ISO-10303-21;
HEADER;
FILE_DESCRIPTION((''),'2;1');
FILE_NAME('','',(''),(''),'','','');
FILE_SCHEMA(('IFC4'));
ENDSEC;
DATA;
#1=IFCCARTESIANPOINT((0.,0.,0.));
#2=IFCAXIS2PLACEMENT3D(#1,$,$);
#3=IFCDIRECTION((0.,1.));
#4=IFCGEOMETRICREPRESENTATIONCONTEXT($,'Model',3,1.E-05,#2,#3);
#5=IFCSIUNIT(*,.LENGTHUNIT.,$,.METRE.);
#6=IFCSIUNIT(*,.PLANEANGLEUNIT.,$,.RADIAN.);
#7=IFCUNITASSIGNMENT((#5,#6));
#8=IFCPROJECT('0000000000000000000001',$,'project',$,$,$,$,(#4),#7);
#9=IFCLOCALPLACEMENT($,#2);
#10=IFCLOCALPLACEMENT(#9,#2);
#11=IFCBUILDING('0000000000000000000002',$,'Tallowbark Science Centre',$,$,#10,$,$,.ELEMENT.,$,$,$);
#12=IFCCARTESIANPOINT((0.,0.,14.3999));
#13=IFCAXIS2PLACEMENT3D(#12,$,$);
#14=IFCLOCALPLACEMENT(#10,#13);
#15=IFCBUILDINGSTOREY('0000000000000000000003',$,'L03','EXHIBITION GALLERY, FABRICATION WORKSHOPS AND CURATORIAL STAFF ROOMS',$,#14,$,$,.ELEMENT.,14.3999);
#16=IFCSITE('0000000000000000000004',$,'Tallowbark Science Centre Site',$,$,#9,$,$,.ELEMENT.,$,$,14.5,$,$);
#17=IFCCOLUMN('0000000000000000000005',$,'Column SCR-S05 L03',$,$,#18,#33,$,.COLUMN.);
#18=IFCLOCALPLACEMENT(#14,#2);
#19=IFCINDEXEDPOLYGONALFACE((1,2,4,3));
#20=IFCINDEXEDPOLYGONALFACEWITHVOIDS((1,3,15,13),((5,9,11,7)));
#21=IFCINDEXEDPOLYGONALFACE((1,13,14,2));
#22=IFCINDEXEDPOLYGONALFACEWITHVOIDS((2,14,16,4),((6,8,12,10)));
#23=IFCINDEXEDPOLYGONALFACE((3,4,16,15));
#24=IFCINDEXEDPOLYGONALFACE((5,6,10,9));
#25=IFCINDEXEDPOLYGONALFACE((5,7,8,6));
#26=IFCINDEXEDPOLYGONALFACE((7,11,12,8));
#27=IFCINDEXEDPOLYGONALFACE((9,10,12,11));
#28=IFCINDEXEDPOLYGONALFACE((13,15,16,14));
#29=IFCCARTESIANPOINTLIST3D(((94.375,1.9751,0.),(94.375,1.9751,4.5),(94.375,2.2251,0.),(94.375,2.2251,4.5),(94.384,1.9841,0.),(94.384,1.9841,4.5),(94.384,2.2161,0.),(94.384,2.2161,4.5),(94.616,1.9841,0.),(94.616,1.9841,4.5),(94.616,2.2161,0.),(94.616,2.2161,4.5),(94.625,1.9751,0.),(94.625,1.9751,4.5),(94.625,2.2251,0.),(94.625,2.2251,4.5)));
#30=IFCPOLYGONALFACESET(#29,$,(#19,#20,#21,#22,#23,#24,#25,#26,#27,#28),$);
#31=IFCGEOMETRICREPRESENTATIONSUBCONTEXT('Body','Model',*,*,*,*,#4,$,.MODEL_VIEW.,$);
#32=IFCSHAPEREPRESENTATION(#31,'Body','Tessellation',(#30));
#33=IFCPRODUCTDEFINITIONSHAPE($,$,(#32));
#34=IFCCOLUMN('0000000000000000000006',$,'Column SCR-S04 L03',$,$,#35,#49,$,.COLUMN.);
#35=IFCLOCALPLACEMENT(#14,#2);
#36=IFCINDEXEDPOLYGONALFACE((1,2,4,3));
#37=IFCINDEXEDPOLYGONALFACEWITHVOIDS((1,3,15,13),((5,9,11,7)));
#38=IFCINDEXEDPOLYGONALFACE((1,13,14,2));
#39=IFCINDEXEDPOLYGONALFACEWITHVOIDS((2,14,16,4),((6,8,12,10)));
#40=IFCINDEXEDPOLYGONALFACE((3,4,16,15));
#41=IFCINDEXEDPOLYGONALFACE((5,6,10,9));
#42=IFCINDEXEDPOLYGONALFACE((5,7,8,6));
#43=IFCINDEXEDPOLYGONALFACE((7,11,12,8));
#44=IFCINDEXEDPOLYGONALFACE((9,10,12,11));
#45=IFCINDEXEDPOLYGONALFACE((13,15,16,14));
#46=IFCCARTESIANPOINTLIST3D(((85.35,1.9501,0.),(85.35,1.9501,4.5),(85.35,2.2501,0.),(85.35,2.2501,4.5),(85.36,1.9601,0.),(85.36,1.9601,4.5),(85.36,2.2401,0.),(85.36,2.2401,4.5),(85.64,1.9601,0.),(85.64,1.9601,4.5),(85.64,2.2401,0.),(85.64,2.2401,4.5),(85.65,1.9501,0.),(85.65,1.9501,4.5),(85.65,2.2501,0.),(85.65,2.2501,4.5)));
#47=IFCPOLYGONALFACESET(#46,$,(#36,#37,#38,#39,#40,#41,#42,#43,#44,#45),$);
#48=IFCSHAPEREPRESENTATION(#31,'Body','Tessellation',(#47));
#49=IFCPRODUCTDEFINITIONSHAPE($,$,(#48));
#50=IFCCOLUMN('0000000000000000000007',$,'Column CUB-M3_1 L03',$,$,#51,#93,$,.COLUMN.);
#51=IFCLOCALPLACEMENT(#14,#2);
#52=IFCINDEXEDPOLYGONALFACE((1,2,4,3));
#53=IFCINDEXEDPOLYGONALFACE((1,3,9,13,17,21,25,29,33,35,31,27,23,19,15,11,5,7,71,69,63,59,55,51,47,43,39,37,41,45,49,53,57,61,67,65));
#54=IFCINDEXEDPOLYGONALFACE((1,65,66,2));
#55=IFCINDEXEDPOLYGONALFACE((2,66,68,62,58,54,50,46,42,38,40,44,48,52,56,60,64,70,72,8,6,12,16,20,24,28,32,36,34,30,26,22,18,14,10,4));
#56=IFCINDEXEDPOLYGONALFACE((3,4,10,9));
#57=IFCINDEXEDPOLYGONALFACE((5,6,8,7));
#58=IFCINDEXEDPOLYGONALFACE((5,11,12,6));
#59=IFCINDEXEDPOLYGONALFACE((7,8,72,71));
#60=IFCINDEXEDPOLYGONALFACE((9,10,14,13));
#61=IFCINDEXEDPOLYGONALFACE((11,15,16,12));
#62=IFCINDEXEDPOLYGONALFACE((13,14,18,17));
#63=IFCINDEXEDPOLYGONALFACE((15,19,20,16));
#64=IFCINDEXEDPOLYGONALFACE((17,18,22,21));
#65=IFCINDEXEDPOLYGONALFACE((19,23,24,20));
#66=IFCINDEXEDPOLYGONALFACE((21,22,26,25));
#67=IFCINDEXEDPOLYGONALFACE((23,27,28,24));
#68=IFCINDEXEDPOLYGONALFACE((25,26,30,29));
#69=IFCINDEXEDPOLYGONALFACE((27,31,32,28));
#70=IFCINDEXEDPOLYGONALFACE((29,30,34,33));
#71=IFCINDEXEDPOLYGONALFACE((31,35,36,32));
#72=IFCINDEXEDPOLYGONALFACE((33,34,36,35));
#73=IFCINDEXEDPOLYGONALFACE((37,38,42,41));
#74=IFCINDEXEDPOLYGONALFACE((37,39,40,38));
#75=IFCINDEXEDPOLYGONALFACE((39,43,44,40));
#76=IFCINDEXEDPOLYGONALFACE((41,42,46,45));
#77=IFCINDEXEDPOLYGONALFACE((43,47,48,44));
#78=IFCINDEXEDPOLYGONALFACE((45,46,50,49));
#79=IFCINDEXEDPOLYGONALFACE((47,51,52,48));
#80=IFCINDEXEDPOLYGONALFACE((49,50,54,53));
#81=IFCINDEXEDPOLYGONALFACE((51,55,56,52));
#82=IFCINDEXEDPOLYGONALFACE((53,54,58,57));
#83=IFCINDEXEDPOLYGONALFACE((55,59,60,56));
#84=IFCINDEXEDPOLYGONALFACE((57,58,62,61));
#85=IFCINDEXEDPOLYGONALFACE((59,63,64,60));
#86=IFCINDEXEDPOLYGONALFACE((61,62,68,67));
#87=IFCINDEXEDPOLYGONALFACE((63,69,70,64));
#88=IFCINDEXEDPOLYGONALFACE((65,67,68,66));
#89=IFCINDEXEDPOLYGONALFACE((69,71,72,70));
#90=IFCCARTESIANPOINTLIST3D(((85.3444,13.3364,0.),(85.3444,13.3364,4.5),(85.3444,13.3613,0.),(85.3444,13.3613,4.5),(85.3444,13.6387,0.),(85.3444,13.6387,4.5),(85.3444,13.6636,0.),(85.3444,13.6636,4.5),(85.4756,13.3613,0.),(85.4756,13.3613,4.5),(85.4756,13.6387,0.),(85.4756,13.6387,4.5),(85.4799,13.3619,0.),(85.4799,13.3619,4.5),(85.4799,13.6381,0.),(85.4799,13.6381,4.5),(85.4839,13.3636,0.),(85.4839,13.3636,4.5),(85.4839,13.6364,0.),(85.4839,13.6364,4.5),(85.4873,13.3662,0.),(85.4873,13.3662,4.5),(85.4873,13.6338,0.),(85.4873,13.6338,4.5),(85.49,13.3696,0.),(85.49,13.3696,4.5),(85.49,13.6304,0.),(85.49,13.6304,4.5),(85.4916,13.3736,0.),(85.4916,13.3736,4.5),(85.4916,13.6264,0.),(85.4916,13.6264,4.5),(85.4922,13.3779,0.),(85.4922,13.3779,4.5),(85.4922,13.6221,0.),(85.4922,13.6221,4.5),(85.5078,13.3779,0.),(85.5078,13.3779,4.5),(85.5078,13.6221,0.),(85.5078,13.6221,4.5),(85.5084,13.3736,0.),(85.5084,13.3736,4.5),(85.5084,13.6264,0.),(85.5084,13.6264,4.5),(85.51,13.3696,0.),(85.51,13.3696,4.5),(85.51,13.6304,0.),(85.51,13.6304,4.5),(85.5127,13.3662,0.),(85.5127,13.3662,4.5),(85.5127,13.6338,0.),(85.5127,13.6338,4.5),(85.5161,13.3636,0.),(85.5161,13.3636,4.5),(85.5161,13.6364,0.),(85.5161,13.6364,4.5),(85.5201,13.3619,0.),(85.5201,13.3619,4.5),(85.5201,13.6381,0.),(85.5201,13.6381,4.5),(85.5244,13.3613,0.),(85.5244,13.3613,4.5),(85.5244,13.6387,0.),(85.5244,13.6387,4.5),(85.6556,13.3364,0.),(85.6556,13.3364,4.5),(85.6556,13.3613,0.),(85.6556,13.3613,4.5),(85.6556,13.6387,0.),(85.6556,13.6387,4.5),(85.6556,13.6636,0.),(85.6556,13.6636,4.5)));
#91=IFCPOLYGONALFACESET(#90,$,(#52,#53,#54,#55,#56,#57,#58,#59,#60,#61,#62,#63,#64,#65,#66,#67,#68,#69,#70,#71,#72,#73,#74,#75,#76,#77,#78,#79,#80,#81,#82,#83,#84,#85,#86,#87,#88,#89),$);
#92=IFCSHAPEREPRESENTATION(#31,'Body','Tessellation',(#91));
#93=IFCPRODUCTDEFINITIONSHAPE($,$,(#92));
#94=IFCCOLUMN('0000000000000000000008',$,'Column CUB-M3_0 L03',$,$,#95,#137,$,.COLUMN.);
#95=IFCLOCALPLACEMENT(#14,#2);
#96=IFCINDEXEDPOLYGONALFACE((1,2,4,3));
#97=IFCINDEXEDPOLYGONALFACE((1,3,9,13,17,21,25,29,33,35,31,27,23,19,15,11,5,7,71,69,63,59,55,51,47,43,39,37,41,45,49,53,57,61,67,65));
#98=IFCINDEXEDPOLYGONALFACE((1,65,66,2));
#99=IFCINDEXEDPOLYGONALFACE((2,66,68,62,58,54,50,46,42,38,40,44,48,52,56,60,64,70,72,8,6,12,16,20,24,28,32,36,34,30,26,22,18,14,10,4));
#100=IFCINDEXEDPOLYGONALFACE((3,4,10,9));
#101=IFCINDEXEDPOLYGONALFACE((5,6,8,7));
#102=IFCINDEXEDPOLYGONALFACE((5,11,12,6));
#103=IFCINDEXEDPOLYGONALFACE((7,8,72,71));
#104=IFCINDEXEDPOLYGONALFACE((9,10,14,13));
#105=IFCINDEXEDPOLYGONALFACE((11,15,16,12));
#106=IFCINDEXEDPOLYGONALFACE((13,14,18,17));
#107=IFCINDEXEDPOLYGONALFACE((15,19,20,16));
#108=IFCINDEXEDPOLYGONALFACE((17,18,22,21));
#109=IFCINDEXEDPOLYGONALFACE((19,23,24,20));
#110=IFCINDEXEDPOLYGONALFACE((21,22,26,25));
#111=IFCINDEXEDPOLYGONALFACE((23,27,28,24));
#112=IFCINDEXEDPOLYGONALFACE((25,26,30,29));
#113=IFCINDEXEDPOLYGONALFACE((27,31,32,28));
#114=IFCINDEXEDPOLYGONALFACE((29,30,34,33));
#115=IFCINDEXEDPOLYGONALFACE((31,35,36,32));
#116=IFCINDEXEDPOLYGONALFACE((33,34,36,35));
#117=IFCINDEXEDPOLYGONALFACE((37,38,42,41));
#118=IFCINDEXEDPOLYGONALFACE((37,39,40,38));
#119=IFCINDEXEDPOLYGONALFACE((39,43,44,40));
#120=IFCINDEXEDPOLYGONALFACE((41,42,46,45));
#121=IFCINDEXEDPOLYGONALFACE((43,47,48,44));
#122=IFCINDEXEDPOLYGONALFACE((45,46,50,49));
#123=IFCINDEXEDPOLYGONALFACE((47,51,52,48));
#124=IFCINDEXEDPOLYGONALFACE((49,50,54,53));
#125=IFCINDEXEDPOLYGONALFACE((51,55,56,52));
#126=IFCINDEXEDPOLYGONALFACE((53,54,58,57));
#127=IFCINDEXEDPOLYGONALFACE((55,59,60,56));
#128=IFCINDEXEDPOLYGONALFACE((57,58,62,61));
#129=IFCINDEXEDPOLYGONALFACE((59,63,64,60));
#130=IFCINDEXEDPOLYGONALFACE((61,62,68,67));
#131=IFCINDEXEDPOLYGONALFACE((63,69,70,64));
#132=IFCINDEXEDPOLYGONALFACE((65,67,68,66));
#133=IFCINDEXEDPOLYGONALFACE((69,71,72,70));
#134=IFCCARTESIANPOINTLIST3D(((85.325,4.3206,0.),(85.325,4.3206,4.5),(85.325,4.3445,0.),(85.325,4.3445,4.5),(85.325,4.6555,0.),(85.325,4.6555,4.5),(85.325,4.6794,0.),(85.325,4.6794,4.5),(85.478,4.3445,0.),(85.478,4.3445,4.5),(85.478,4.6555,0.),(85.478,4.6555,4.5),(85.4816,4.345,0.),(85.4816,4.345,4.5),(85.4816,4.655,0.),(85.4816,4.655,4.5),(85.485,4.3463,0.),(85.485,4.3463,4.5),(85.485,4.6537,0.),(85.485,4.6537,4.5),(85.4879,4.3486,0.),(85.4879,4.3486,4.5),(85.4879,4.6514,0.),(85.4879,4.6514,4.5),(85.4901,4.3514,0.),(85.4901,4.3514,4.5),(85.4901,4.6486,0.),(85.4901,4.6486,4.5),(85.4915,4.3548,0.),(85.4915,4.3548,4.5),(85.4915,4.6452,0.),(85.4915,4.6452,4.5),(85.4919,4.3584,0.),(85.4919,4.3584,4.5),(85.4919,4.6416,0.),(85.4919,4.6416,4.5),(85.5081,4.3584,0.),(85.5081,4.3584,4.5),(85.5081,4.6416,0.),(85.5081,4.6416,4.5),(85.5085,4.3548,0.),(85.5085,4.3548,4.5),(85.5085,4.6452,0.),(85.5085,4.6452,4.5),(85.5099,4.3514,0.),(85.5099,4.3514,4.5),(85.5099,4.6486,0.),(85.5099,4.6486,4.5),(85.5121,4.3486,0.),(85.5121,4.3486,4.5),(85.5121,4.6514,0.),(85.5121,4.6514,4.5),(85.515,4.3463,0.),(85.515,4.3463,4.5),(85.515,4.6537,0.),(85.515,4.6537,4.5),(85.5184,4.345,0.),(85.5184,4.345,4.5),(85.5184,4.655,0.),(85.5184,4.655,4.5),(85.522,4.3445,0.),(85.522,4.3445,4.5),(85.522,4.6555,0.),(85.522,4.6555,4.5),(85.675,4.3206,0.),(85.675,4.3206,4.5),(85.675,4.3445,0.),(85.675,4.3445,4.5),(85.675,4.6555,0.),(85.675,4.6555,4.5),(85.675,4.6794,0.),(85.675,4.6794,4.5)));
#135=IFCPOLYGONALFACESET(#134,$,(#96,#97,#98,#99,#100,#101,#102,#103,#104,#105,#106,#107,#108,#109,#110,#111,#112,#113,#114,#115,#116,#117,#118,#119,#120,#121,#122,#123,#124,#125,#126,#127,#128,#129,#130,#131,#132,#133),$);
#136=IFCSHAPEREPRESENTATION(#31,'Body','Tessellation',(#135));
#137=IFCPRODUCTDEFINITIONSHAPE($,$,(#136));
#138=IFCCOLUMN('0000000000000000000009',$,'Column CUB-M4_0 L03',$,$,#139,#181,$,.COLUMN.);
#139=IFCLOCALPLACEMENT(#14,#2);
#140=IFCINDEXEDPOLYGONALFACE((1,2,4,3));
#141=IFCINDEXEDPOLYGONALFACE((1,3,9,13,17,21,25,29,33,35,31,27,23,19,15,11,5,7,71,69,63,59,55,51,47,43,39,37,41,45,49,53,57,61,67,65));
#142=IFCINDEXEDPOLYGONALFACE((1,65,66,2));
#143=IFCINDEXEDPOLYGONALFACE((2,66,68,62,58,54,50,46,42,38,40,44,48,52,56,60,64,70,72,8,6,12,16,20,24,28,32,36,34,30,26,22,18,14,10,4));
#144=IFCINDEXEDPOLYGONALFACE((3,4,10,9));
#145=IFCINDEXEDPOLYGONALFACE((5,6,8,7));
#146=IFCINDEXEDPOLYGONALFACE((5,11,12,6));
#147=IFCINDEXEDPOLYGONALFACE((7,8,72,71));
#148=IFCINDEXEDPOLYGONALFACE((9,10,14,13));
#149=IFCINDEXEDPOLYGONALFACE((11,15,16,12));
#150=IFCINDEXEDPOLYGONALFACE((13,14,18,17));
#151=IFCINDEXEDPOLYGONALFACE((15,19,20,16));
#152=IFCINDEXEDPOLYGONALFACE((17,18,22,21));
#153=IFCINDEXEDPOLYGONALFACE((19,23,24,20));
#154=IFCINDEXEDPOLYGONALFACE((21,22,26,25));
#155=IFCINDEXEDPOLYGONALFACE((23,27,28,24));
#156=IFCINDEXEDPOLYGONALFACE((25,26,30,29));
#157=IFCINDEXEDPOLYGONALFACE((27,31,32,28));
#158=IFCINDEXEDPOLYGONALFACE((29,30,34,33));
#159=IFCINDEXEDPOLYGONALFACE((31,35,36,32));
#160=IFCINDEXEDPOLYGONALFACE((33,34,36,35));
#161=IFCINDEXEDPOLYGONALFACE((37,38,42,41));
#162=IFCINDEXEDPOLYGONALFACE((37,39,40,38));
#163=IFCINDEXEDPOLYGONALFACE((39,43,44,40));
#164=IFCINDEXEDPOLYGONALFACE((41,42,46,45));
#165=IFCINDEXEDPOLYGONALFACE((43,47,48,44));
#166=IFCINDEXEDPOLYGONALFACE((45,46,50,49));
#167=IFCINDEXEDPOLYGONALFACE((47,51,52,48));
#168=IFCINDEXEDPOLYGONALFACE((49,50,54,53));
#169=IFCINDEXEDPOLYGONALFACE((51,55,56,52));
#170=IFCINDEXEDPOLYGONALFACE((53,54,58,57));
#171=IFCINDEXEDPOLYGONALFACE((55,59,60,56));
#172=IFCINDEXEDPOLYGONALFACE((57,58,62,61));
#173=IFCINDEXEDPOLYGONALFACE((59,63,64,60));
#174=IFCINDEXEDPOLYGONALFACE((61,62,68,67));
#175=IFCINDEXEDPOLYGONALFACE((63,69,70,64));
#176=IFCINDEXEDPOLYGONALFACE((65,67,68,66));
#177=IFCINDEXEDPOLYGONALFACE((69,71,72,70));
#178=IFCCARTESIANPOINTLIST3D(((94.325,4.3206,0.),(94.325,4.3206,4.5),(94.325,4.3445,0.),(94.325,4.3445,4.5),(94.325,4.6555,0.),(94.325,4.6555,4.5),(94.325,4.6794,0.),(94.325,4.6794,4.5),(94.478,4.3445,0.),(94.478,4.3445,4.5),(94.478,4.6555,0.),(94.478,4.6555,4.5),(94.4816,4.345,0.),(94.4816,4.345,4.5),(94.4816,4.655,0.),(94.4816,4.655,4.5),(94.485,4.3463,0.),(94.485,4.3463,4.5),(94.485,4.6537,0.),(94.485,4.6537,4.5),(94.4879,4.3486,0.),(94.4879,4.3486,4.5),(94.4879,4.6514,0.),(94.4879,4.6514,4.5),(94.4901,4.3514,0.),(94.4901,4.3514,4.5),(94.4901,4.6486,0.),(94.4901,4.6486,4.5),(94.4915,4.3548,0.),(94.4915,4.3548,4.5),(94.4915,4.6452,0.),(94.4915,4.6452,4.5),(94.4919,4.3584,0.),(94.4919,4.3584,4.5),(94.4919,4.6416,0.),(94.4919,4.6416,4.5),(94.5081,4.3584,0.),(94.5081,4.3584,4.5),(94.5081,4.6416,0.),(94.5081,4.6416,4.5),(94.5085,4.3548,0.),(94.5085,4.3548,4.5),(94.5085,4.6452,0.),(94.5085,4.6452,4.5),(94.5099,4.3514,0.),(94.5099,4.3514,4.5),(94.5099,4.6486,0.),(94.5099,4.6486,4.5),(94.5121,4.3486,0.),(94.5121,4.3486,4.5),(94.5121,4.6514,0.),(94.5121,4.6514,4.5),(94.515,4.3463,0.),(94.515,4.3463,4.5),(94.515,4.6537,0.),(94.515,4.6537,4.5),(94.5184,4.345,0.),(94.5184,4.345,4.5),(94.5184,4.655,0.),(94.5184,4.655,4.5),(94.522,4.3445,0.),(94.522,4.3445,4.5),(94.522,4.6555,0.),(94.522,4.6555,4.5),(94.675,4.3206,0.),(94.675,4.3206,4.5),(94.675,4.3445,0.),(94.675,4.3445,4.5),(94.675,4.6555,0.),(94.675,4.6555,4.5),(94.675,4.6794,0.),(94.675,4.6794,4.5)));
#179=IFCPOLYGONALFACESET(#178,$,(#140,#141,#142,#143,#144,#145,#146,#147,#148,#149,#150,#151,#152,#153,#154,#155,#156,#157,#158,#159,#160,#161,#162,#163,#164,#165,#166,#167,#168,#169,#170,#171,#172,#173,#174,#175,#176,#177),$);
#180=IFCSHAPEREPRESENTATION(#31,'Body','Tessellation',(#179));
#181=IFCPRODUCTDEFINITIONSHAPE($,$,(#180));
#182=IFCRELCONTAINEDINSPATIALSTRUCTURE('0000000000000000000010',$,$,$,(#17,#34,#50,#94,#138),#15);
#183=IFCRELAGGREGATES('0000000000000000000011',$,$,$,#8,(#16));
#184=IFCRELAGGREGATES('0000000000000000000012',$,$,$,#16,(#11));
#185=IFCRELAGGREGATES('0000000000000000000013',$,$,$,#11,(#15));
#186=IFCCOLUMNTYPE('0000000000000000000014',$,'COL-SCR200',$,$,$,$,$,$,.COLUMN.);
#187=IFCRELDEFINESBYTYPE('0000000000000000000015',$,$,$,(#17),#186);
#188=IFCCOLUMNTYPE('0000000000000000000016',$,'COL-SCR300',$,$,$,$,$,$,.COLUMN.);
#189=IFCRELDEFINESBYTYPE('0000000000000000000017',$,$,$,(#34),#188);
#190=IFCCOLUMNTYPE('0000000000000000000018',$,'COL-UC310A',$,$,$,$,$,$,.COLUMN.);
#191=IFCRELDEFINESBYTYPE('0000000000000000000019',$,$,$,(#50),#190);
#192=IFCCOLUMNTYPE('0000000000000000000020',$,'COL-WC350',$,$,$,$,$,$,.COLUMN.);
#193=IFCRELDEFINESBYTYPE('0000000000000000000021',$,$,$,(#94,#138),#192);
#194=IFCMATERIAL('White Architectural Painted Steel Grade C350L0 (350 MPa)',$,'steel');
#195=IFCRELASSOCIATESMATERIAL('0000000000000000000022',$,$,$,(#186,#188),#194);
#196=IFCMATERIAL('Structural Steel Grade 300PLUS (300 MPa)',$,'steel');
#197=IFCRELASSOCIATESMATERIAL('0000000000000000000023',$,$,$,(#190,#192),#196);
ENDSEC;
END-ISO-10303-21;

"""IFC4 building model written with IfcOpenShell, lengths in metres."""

from ifc_helpers import new_model, si_unit, direction, frame, origin, origin_2d, place, context, subcontext, project, spatial, hollow_rectangle, i_section, extrude, material, material_profile, profile_set, type_object, element, save


model = new_model("IFC4")

# Units and contexts
model_context = context("Model", 3, precision=1e-05, world=origin(), true_north=direction((0.0, 1.0)))
body_context = subcontext(model_context, "Body", "Model", "MODEL_VIEW")
ifc_project = project(units=[si_unit("LENGTHUNIT", "METRE"), si_unit("PLANEANGLEUNIT", "RADIAN")], contexts=[model_context])

# Site, building, storey
site_placement = place(None, origin())
site = spatial("IfcSite", under=ifc_project, at=site_placement, Name="Tallowbark Science Centre Site", CompositionType="ELEMENT", RefElevation=14.5)
building_placement = place(site_placement, origin())
building = spatial("IfcBuilding", under=site, at=building_placement, Name="Tallowbark Science Centre", CompositionType="ELEMENT")
storey_placement = place(building_placement, frame((0.0, 0.0, 14.3999)))
storey = spatial("IfcBuildingStorey", under=building, at=storey_placement, Name="L03", Description="EXHIBITION GALLERY, FABRICATION WORKSHOPS AND CURATORIAL STAFF ROOMS", CompositionType="ELEMENT", Elevation=14.3999)

# Columns
ifc_material_1 = material(Name="White Architectural Painted Steel Grade C350L0 (350 MPa)", Category="steel")
ifc_material_profile_1 = material_profile(ifc_material_1, hollow_rectangle(XDim=0.25, YDim=0.25, WallThickness=0.009, at=origin_2d()), Name="250x250x9.0SHS")
ifc_profile_set_1 = profile_set([ifc_material_profile_1], Name="White Architectural Painted Steel Grade C350L0 (350 MPa)")
column_type_1 = type_object("IfcColumnType", Name="COL-SCR200", PredefinedType="COLUMN", material=ifc_profile_set_1)
column_1_placement = place(storey_placement, frame((94.5, 2.1001, 0.0), z_axis=(0.0, 0.0, 1.0), x_axis=(1.0, 0.0, 0.0)))
element("IfcColumn", 1, at=column_1_placement, inside=storey, type_object=column_type_1, Name="Column SCR-S05 L03", PredefinedType="COLUMN", context=body_context, shape_type="SweptSolid", body=[
    extrude(hollow_rectangle(XDim=0.25, YDim=0.25, WallThickness=0.009, at=origin_2d()), origin(), (0.0, 0.0, 1.0), 4.5),
])
ifc_material_profile_2 = material_profile(ifc_material_1, hollow_rectangle(XDim=0.3, YDim=0.3, WallThickness=0.01, at=origin_2d()), Name="300x300x10.0SHS")
ifc_profile_set_2 = profile_set([ifc_material_profile_2], Name="White Architectural Painted Steel Grade C350L0 (350 MPa)")
column_type_2 = type_object("IfcColumnType", Name="COL-SCR300", PredefinedType="COLUMN", material=ifc_profile_set_2)
column_2_placement = place(storey_placement, frame((85.5, 2.1001, 0.0), z_axis=(0.0, 0.0, 1.0), x_axis=(1.0, 0.0, 0.0)))
element("IfcColumn", 2, at=column_2_placement, inside=storey, type_object=column_type_2, Name="Column SCR-S04 L03", PredefinedType="COLUMN", context=body_context, shape_type="SweptSolid", body=[
    extrude(hollow_rectangle(XDim=0.3, YDim=0.3, WallThickness=0.01, at=origin_2d()), origin(), (0.0, 0.0, 1.0), 4.5),
])
ifc_material_2 = material(Name="Structural Steel Grade 300PLUS (300 MPa)", Category="steel")
ifc_material_profile_3 = material_profile(ifc_material_2, i_section(OverallWidth=0.3113, OverallDepth=0.3271, WebThickness=0.0156, FlangeThickness=0.0249, FilletRadius=0.0166, at=origin_2d()), Name="310UC158")
ifc_profile_set_3 = profile_set([ifc_material_profile_3], Name="Structural Steel Grade 300PLUS (300 MPa)")
column_type_3 = type_object("IfcColumnType", Name="COL-UC310A", PredefinedType="COLUMN", material=ifc_profile_set_3)
column_3_placement = place(storey_placement, frame((85.5, 13.5, 0.0), z_axis=(0.0, 0.0, 1.0), x_axis=(1.0, 0.0, 0.0)))
element("IfcColumn", 3, at=column_3_placement, inside=storey, type_object=column_type_3, Name="Column CUB-M3_1 L03", PredefinedType="COLUMN", context=body_context, shape_type="SweptSolid", body=[
    extrude(i_section(OverallWidth=0.3113, OverallDepth=0.3271, WebThickness=0.0156, FlangeThickness=0.0249, FilletRadius=0.0166, at=origin_2d()), origin(), (0.0, 0.0, 1.0), 4.5),
])
ifc_material_profile_4 = material_profile(ifc_material_2, i_section(OverallWidth=0.3501, OverallDepth=0.3589, WebThickness=0.0161, FlangeThickness=0.0239, FilletRadius=0.0139, at=origin_2d()), Name="350WC197")
ifc_profile_set_4 = profile_set([ifc_material_profile_4], Name="Structural Steel Grade 300PLUS (300 MPa)")
column_type_4 = type_object("IfcColumnType", Name="COL-WC350", PredefinedType="COLUMN", material=ifc_profile_set_4)
for number, where, z_axis, x_axis, name in (
    (4, (85.5, 4.5, 0.0), (0.0, 0.0, 1.0), (1.0, 0.0, 0.0), "Column CUB-M3_0 L03"),
    (5, (94.5, 4.5, 0.0), (0.0, 0.0, 1.0), (1.0, 0.0, 0.0), "Column CUB-M4_0 L03"),
):
    element("IfcColumn", number, at=place(storey_placement, frame(where, z_axis=z_axis, x_axis=x_axis)), inside=storey, type_object=column_type_4, Name=name, PredefinedType="COLUMN", context=body_context, shape_type="SweptSolid", body=[
        extrude(i_section(OverallWidth=0.3501, OverallDepth=0.3589, WebThickness=0.0161, FlangeThickness=0.0239, FilletRadius=0.0139, at=origin_2d()), origin(), (0.0, 0.0, 1.0), 4.5),
    ])

save(model, "model.ifc")
